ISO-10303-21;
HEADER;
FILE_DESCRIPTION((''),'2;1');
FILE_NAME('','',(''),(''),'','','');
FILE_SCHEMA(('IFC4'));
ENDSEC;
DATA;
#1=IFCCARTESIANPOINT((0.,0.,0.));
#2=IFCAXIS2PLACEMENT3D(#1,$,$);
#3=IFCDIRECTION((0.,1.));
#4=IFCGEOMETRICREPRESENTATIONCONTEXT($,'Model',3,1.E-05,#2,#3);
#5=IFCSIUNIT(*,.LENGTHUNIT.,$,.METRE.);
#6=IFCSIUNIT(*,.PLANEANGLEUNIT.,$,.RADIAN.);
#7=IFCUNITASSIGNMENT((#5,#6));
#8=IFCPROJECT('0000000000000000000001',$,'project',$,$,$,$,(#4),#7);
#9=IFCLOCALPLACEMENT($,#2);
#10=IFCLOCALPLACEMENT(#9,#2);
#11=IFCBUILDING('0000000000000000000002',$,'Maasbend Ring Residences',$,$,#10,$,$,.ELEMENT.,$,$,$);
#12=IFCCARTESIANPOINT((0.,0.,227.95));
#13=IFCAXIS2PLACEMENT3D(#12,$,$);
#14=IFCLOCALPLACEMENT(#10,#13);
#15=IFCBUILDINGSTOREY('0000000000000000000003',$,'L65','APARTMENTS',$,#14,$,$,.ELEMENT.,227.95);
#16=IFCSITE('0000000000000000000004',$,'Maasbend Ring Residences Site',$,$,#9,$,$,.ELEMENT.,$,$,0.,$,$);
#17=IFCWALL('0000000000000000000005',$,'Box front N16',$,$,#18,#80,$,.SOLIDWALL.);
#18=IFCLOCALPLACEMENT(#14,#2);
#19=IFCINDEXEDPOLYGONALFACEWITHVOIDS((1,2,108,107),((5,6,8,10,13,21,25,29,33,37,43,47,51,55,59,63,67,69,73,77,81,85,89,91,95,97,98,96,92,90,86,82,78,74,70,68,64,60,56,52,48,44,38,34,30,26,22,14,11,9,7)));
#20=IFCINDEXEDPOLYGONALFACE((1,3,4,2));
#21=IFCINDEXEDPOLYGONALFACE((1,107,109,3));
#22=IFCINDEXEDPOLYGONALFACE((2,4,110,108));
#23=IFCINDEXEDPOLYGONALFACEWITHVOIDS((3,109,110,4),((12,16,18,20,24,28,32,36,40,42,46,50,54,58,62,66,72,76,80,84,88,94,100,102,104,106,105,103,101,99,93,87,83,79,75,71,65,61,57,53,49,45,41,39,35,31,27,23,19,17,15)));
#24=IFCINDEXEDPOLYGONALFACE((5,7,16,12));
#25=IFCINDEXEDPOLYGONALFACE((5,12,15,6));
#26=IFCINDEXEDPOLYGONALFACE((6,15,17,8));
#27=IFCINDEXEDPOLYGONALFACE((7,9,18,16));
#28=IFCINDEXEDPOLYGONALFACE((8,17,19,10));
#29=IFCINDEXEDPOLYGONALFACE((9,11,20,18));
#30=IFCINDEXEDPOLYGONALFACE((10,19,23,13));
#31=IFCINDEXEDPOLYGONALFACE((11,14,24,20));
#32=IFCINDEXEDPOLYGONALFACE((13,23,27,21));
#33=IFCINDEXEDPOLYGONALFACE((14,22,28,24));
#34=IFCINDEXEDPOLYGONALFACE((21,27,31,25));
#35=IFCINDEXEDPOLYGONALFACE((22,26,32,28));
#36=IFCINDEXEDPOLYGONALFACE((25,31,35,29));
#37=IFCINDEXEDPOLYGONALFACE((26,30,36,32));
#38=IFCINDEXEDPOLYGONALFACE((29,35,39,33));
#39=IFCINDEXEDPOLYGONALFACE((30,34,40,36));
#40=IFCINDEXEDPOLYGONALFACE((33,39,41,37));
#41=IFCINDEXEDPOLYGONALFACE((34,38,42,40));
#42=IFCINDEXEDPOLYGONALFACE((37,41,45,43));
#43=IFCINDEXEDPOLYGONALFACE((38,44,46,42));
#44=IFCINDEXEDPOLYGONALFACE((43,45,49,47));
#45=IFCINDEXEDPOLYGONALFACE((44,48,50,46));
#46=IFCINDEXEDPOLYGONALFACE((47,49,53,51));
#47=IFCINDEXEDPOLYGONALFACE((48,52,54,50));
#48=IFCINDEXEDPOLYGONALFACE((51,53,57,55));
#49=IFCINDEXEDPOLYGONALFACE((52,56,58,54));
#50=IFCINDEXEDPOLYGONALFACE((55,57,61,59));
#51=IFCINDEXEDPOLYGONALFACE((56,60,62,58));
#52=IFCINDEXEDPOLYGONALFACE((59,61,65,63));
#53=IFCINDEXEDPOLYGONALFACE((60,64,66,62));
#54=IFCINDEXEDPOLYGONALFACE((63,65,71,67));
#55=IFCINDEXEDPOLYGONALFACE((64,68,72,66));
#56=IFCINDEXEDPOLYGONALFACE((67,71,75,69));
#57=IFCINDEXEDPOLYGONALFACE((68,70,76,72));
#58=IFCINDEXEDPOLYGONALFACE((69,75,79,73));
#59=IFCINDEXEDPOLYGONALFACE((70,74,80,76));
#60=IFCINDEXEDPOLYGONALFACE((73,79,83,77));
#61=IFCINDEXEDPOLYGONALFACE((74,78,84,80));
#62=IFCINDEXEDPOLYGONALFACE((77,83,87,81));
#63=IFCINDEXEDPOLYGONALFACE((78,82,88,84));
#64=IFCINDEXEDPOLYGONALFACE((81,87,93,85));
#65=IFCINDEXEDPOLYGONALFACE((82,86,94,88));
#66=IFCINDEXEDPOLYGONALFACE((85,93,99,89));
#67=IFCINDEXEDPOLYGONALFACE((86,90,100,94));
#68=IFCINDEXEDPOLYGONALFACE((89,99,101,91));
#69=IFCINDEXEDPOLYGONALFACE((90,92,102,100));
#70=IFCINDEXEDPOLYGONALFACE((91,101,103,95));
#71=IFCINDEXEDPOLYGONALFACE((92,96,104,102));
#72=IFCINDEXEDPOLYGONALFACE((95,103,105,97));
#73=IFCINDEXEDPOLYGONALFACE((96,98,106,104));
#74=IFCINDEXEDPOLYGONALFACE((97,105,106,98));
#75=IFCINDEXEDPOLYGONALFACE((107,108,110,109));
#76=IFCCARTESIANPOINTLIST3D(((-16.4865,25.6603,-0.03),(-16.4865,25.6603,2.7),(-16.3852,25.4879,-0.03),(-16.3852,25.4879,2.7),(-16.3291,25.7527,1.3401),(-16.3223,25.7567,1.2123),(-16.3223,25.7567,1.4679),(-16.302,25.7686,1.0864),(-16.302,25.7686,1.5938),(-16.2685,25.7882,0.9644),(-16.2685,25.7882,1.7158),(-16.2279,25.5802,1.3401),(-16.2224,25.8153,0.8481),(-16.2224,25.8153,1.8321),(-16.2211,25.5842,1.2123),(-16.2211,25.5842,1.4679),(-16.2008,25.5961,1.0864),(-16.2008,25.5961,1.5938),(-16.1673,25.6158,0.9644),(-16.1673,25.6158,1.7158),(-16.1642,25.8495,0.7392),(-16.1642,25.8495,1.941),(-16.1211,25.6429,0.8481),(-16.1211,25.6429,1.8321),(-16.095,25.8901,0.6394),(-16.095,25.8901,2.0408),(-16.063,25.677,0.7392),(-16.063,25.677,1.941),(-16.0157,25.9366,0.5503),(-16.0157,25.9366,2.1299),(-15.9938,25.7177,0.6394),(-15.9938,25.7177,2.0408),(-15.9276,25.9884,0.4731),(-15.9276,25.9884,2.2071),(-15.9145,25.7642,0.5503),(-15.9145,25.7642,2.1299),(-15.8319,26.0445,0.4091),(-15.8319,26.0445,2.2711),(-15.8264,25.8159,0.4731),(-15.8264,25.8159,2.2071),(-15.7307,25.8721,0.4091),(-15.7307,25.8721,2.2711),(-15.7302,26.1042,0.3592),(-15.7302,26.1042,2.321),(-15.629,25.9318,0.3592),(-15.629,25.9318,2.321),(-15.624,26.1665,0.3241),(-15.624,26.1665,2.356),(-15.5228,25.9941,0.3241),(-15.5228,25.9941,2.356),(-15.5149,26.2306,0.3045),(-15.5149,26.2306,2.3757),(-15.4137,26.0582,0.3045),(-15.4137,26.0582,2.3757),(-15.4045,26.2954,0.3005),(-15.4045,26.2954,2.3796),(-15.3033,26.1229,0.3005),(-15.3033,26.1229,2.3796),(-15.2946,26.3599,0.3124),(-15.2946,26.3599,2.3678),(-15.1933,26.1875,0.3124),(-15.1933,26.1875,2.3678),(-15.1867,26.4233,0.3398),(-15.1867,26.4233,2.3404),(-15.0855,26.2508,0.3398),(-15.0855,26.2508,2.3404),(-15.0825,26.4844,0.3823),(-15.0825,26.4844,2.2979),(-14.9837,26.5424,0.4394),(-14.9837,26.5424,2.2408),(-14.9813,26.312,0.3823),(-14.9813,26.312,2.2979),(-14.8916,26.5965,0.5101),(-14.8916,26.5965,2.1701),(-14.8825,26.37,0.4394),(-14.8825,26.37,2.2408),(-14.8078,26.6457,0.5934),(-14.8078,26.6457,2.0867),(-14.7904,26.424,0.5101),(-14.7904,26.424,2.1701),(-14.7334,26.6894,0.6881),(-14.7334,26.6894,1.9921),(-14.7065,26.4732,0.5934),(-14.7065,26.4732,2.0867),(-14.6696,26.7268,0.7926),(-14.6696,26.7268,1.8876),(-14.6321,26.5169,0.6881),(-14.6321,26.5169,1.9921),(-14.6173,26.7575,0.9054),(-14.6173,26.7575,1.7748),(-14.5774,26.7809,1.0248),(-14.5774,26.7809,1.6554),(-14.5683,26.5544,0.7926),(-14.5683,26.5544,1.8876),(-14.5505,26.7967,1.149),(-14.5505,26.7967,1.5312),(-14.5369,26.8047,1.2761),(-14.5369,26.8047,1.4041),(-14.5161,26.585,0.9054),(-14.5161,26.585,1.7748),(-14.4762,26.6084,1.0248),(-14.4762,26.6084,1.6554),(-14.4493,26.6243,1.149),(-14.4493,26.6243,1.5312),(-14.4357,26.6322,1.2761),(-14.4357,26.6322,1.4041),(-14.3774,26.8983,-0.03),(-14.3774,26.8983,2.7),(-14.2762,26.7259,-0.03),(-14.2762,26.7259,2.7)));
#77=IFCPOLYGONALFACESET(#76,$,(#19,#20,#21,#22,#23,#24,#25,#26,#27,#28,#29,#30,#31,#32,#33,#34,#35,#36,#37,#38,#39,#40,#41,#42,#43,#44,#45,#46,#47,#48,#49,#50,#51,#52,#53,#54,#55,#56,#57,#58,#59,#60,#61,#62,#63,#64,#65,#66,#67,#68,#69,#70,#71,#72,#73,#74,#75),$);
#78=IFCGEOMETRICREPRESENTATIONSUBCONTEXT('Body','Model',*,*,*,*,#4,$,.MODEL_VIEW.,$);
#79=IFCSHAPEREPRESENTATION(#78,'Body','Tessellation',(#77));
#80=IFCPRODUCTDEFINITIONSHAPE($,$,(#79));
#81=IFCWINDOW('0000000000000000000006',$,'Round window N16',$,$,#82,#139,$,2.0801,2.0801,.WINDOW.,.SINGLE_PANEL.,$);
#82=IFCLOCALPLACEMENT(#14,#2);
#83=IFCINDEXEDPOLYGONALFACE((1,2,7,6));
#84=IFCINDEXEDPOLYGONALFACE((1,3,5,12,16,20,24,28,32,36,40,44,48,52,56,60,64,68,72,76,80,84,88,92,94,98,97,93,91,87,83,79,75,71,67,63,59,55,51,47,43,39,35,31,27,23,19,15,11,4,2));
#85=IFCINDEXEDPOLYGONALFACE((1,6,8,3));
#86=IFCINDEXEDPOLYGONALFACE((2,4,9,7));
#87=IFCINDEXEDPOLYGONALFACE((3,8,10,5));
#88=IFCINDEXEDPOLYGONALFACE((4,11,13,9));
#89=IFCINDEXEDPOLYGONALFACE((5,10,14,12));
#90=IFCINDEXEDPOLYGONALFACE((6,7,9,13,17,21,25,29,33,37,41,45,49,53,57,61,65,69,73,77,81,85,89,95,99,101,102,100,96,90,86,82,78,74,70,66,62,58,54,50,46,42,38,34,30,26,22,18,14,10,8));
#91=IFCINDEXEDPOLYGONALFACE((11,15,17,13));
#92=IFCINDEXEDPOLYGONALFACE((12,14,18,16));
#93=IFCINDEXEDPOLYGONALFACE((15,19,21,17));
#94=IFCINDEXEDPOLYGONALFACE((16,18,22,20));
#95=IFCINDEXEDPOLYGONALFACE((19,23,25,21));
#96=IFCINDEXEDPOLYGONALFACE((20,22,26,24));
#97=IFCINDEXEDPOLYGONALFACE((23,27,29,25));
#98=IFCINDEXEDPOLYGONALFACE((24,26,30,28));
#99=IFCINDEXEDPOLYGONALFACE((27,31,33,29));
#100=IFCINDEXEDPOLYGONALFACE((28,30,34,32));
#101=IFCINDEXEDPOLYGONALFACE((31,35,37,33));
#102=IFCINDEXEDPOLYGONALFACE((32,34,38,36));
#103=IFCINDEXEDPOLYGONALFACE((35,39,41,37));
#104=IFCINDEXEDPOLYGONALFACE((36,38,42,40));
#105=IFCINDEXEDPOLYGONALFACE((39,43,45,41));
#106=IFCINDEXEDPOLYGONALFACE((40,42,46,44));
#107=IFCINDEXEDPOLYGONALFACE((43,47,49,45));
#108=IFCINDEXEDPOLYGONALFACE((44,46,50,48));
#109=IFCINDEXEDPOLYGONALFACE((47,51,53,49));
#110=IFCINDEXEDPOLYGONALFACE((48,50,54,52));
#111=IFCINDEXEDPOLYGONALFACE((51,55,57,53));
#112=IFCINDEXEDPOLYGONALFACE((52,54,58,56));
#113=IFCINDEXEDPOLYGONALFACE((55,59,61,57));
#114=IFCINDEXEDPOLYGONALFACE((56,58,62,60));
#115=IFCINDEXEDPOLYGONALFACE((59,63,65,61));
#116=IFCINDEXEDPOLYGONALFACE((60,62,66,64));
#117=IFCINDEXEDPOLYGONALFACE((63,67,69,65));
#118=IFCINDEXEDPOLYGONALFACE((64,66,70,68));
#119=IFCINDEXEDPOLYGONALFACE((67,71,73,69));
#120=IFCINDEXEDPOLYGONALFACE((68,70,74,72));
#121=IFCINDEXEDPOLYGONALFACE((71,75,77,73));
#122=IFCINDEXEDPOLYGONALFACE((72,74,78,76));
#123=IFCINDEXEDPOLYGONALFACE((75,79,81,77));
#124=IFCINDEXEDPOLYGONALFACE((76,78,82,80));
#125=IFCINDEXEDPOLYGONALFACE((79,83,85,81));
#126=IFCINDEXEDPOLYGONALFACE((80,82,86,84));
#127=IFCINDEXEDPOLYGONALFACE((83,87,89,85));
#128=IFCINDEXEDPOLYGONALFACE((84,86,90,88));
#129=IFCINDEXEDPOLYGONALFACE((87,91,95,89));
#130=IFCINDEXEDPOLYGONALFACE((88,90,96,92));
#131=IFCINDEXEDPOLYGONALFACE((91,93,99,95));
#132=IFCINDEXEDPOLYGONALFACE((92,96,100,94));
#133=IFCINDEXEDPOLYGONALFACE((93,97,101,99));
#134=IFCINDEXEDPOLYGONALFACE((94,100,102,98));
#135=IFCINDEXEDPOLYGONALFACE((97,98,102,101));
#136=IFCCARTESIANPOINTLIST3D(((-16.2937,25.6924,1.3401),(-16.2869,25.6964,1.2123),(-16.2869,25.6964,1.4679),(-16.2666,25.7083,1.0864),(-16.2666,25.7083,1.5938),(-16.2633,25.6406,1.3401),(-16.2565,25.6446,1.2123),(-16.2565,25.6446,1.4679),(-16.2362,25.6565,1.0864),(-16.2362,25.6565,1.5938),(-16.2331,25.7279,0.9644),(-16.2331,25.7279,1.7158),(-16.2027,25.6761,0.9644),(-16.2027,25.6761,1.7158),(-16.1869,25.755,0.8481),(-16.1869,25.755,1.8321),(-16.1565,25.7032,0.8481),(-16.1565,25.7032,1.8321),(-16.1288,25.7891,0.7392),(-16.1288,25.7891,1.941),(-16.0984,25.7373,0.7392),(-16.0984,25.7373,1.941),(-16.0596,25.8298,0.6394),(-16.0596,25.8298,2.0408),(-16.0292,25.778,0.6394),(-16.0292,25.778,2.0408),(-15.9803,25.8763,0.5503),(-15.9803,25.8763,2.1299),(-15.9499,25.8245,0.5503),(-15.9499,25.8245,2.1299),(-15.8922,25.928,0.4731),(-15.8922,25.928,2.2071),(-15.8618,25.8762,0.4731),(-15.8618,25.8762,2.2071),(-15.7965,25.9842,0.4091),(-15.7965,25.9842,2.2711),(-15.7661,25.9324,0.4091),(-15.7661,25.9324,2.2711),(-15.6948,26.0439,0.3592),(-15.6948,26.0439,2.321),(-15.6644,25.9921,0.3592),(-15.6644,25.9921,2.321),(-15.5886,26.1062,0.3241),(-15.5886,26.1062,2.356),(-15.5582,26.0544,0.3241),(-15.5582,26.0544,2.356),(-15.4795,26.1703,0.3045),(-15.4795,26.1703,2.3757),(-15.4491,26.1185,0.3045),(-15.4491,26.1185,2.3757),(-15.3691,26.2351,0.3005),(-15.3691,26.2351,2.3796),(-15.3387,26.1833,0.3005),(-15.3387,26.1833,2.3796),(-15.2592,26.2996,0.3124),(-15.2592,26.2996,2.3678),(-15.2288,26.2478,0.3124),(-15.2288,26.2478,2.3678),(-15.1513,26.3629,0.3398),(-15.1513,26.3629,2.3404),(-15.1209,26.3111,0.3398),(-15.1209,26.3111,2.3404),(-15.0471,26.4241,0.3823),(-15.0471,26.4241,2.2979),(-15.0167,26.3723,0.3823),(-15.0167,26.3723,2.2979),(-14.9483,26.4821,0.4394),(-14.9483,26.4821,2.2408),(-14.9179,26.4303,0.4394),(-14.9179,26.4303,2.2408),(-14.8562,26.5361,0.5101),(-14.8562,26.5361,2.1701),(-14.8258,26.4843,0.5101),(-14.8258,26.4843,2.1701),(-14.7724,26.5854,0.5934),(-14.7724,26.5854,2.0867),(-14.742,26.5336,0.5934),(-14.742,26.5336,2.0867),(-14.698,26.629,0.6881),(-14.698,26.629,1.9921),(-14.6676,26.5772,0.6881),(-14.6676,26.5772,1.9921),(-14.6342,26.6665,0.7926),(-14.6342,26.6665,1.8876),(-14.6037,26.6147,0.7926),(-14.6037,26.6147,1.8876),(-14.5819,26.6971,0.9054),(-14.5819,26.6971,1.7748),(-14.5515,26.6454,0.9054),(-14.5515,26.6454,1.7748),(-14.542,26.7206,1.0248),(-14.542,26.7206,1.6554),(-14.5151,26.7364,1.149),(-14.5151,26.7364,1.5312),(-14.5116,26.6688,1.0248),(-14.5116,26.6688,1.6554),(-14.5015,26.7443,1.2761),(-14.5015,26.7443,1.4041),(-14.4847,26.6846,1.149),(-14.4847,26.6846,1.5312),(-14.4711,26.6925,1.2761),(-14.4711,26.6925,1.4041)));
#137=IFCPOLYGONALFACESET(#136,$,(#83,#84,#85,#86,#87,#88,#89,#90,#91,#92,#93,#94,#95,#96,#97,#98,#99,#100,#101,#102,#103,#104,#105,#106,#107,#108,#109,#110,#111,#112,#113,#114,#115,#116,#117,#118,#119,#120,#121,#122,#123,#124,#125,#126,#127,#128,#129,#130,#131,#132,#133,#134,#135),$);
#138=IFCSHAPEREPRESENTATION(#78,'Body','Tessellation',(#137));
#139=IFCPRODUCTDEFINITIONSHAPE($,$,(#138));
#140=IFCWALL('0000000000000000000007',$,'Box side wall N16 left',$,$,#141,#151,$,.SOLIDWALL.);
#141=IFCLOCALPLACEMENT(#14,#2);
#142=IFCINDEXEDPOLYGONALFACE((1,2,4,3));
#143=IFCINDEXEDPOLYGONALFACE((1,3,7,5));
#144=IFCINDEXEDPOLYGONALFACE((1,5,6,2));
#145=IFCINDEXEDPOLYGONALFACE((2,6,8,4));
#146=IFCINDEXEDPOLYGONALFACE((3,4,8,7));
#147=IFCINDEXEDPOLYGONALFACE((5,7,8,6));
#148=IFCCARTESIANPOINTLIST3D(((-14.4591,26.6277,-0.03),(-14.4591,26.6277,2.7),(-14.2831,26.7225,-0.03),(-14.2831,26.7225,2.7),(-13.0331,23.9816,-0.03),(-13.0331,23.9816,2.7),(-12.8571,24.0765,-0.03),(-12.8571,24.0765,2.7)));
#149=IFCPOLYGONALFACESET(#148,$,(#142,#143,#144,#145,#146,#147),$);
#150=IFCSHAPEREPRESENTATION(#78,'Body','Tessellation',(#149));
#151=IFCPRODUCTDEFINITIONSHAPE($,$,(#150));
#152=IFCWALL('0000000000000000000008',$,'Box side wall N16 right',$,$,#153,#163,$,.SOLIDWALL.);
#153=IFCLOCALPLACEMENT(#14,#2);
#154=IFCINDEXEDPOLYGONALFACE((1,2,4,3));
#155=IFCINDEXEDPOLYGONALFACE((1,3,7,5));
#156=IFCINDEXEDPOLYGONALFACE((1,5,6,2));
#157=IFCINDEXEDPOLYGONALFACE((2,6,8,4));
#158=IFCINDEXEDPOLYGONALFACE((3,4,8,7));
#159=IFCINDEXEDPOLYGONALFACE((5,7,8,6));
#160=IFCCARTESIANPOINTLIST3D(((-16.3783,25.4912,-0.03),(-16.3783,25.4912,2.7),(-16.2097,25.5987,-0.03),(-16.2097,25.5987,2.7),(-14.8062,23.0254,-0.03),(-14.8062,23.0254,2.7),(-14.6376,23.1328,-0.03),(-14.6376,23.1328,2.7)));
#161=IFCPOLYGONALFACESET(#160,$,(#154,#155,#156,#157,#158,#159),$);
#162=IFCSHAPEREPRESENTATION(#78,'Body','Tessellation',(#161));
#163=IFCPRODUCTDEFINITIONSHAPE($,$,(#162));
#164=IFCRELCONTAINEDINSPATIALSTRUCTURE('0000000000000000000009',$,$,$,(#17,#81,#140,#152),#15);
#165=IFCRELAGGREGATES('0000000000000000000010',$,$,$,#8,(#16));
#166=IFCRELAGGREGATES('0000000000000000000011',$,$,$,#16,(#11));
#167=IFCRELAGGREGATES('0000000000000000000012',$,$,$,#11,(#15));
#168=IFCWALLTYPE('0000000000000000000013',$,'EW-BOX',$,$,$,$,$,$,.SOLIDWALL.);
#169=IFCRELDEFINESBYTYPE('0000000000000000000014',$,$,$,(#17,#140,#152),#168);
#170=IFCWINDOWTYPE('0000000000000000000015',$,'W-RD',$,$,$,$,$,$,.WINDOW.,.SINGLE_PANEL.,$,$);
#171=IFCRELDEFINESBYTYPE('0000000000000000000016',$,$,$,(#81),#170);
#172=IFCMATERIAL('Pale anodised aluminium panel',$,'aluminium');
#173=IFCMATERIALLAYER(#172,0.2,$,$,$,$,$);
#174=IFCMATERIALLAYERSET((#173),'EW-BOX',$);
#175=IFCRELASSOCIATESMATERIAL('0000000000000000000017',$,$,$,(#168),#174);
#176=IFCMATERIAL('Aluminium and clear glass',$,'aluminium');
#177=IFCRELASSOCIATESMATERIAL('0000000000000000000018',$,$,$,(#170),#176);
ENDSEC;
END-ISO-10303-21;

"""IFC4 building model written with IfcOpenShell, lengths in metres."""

from ifc_helpers import new_model, si_unit, direction, frame, frame_2d, origin, place, context, subcontext, project, spatial, rectangle, circle, extrude, material, layer, layer_set, type_object, element, fill, save


model = new_model("IFC4")

# Units and contexts
model_context = context("Model", 3, precision=1e-05, world=origin(), true_north=direction((0.0, 1.0)))
body_context = subcontext(model_context, "Body", "Model", "MODEL_VIEW")
ifc_project = project(units=[si_unit("LENGTHUNIT", "METRE"), si_unit("PLANEANGLEUNIT", "RADIAN")], contexts=[model_context])

# Site, building, storey
site_placement = place(None, origin())
site = spatial("IfcSite", under=ifc_project, at=site_placement, Name="Maasbend Ring Residences Site", CompositionType="ELEMENT", RefElevation=0.0)
building_placement = place(site_placement, origin())
building = spatial("IfcBuilding", under=site, at=building_placement, Name="Maasbend Ring Residences", CompositionType="ELEMENT")
storey_placement = place(building_placement, frame((0.0, 0.0, 227.95)))
storey = spatial("IfcBuildingStorey", under=building, at=storey_placement, Name="L65", Description="APARTMENTS", CompositionType="ELEMENT", Elevation=227.95)

# Wall, opening, window
ifc_material_1 = material(Name="Pale anodised aluminium panel", Category="aluminium")
ifc_layer_1 = layer(ifc_material_1, 0.2)
ifc_layer_set_1 = layer_set([ifc_layer_1], Name="EW-BOX")
wall_type_1 = type_object("IfcWallType", Name="EW-BOX", PredefinedType="SOLIDWALL", material=ifc_layer_set_1)
wall_1_placement = place(storey_placement, frame((-14.3269, 26.812, -0.03), z_axis=(0.0, 0.0, 1.0), x_axis=(-0.862403, -0.506222, 0.0)))
wall_1 = element("IfcWall", 1, at=wall_1_placement, inside=storey, type_object=wall_type_1, Name="Box front N16", PredefinedType="SOLIDWALL", context=body_context, shape_type="SweptSolid", body=[
    extrude(rectangle(XDim=2.4456, YDim=0.2, at=frame_2d((1.2227, 0.0))), origin(), (0.0, 0.0, 1.0), 2.73),
])
opening_1_placement = place(wall_1_placement, frame((0.1829, 0.0, 0.3301)))
opening_1 = element("IfcOpeningElement", 2, at=opening_1_placement, cuts=wall_1, PredefinedType="OPENING", context=body_context, shape_type="SweptSolid", body=[
    extrude(circle(Radius=1.04, at=frame_2d((1.04, 1.04))), frame((0.0, 0.1099, 0.0), z_axis=(0.0, -1.0, 0.0), x_axis=(1.0, 0.0, 0.0)), (0.0, 0.0, 1.0), 0.22),
])
ifc_material_2 = material(Name="Aluminium and clear glass", Category="aluminium")
window_type_1 = type_object("IfcWindowType", Name="W-RD", PartitioningType="SINGLE_PANEL", PredefinedType="WINDOW", material=ifc_material_2)
window_1_placement = place(opening_1_placement, origin())
window_1 = element("IfcWindow", 3, at=window_1_placement, inside=storey, type_object=window_type_1, Name="Round window N16", OverallHeight=2.0801, OverallWidth=2.0801, PartitioningType="SINGLE_PANEL", PredefinedType="WINDOW", context=body_context, shape_type="SweptSolid", body=[
    extrude(circle(Radius=1.04, at=frame_2d((1.04, 1.04))), frame((0.0, 0.03, 0.0), z_axis=(0.0, -1.0, 0.0), x_axis=(1.0, 0.0, 0.0)), (0.0, 0.0, 1.0), 0.0601),
])
fill(opening_1, window_1)

# Walls
wall_2_placement = place(storey_placement, frame((-12.9451, 24.0291, -0.03), z_axis=(0.0, 0.0, 1.0), x_axis=(-0.474424, 0.880296, 0.0)))
element("IfcWall", 4, at=wall_2_placement, inside=storey, type_object=wall_type_1, Name="Box side wall N16 left", PredefinedType="SOLIDWALL", context=body_context, shape_type="SweptSolid", body=[
    extrude(rectangle(XDim=3.0059, YDim=0.2, at=frame_2d((1.5029, 0.0))), origin(), (0.0, 0.0, 1.0), 2.73),
])
wall_3_placement = place(storey_placement, frame((-14.7219, 23.0791, -0.03), z_axis=(0.0, 0.0, 1.0), x_axis=(-0.537572, 0.843218, 0.0)))
element("IfcWall", 5, at=wall_3_placement, inside=storey, type_object=wall_type_1, Name="Box side wall N16 right", PredefinedType="SOLIDWALL", context=body_context, shape_type="SweptSolid", body=[
    extrude(rectangle(XDim=2.9243, YDim=0.2, at=frame_2d((1.4622, 0.0))), origin(), (0.0, 0.0, 1.0), 2.73),
])

save(model, "model.ifc")
